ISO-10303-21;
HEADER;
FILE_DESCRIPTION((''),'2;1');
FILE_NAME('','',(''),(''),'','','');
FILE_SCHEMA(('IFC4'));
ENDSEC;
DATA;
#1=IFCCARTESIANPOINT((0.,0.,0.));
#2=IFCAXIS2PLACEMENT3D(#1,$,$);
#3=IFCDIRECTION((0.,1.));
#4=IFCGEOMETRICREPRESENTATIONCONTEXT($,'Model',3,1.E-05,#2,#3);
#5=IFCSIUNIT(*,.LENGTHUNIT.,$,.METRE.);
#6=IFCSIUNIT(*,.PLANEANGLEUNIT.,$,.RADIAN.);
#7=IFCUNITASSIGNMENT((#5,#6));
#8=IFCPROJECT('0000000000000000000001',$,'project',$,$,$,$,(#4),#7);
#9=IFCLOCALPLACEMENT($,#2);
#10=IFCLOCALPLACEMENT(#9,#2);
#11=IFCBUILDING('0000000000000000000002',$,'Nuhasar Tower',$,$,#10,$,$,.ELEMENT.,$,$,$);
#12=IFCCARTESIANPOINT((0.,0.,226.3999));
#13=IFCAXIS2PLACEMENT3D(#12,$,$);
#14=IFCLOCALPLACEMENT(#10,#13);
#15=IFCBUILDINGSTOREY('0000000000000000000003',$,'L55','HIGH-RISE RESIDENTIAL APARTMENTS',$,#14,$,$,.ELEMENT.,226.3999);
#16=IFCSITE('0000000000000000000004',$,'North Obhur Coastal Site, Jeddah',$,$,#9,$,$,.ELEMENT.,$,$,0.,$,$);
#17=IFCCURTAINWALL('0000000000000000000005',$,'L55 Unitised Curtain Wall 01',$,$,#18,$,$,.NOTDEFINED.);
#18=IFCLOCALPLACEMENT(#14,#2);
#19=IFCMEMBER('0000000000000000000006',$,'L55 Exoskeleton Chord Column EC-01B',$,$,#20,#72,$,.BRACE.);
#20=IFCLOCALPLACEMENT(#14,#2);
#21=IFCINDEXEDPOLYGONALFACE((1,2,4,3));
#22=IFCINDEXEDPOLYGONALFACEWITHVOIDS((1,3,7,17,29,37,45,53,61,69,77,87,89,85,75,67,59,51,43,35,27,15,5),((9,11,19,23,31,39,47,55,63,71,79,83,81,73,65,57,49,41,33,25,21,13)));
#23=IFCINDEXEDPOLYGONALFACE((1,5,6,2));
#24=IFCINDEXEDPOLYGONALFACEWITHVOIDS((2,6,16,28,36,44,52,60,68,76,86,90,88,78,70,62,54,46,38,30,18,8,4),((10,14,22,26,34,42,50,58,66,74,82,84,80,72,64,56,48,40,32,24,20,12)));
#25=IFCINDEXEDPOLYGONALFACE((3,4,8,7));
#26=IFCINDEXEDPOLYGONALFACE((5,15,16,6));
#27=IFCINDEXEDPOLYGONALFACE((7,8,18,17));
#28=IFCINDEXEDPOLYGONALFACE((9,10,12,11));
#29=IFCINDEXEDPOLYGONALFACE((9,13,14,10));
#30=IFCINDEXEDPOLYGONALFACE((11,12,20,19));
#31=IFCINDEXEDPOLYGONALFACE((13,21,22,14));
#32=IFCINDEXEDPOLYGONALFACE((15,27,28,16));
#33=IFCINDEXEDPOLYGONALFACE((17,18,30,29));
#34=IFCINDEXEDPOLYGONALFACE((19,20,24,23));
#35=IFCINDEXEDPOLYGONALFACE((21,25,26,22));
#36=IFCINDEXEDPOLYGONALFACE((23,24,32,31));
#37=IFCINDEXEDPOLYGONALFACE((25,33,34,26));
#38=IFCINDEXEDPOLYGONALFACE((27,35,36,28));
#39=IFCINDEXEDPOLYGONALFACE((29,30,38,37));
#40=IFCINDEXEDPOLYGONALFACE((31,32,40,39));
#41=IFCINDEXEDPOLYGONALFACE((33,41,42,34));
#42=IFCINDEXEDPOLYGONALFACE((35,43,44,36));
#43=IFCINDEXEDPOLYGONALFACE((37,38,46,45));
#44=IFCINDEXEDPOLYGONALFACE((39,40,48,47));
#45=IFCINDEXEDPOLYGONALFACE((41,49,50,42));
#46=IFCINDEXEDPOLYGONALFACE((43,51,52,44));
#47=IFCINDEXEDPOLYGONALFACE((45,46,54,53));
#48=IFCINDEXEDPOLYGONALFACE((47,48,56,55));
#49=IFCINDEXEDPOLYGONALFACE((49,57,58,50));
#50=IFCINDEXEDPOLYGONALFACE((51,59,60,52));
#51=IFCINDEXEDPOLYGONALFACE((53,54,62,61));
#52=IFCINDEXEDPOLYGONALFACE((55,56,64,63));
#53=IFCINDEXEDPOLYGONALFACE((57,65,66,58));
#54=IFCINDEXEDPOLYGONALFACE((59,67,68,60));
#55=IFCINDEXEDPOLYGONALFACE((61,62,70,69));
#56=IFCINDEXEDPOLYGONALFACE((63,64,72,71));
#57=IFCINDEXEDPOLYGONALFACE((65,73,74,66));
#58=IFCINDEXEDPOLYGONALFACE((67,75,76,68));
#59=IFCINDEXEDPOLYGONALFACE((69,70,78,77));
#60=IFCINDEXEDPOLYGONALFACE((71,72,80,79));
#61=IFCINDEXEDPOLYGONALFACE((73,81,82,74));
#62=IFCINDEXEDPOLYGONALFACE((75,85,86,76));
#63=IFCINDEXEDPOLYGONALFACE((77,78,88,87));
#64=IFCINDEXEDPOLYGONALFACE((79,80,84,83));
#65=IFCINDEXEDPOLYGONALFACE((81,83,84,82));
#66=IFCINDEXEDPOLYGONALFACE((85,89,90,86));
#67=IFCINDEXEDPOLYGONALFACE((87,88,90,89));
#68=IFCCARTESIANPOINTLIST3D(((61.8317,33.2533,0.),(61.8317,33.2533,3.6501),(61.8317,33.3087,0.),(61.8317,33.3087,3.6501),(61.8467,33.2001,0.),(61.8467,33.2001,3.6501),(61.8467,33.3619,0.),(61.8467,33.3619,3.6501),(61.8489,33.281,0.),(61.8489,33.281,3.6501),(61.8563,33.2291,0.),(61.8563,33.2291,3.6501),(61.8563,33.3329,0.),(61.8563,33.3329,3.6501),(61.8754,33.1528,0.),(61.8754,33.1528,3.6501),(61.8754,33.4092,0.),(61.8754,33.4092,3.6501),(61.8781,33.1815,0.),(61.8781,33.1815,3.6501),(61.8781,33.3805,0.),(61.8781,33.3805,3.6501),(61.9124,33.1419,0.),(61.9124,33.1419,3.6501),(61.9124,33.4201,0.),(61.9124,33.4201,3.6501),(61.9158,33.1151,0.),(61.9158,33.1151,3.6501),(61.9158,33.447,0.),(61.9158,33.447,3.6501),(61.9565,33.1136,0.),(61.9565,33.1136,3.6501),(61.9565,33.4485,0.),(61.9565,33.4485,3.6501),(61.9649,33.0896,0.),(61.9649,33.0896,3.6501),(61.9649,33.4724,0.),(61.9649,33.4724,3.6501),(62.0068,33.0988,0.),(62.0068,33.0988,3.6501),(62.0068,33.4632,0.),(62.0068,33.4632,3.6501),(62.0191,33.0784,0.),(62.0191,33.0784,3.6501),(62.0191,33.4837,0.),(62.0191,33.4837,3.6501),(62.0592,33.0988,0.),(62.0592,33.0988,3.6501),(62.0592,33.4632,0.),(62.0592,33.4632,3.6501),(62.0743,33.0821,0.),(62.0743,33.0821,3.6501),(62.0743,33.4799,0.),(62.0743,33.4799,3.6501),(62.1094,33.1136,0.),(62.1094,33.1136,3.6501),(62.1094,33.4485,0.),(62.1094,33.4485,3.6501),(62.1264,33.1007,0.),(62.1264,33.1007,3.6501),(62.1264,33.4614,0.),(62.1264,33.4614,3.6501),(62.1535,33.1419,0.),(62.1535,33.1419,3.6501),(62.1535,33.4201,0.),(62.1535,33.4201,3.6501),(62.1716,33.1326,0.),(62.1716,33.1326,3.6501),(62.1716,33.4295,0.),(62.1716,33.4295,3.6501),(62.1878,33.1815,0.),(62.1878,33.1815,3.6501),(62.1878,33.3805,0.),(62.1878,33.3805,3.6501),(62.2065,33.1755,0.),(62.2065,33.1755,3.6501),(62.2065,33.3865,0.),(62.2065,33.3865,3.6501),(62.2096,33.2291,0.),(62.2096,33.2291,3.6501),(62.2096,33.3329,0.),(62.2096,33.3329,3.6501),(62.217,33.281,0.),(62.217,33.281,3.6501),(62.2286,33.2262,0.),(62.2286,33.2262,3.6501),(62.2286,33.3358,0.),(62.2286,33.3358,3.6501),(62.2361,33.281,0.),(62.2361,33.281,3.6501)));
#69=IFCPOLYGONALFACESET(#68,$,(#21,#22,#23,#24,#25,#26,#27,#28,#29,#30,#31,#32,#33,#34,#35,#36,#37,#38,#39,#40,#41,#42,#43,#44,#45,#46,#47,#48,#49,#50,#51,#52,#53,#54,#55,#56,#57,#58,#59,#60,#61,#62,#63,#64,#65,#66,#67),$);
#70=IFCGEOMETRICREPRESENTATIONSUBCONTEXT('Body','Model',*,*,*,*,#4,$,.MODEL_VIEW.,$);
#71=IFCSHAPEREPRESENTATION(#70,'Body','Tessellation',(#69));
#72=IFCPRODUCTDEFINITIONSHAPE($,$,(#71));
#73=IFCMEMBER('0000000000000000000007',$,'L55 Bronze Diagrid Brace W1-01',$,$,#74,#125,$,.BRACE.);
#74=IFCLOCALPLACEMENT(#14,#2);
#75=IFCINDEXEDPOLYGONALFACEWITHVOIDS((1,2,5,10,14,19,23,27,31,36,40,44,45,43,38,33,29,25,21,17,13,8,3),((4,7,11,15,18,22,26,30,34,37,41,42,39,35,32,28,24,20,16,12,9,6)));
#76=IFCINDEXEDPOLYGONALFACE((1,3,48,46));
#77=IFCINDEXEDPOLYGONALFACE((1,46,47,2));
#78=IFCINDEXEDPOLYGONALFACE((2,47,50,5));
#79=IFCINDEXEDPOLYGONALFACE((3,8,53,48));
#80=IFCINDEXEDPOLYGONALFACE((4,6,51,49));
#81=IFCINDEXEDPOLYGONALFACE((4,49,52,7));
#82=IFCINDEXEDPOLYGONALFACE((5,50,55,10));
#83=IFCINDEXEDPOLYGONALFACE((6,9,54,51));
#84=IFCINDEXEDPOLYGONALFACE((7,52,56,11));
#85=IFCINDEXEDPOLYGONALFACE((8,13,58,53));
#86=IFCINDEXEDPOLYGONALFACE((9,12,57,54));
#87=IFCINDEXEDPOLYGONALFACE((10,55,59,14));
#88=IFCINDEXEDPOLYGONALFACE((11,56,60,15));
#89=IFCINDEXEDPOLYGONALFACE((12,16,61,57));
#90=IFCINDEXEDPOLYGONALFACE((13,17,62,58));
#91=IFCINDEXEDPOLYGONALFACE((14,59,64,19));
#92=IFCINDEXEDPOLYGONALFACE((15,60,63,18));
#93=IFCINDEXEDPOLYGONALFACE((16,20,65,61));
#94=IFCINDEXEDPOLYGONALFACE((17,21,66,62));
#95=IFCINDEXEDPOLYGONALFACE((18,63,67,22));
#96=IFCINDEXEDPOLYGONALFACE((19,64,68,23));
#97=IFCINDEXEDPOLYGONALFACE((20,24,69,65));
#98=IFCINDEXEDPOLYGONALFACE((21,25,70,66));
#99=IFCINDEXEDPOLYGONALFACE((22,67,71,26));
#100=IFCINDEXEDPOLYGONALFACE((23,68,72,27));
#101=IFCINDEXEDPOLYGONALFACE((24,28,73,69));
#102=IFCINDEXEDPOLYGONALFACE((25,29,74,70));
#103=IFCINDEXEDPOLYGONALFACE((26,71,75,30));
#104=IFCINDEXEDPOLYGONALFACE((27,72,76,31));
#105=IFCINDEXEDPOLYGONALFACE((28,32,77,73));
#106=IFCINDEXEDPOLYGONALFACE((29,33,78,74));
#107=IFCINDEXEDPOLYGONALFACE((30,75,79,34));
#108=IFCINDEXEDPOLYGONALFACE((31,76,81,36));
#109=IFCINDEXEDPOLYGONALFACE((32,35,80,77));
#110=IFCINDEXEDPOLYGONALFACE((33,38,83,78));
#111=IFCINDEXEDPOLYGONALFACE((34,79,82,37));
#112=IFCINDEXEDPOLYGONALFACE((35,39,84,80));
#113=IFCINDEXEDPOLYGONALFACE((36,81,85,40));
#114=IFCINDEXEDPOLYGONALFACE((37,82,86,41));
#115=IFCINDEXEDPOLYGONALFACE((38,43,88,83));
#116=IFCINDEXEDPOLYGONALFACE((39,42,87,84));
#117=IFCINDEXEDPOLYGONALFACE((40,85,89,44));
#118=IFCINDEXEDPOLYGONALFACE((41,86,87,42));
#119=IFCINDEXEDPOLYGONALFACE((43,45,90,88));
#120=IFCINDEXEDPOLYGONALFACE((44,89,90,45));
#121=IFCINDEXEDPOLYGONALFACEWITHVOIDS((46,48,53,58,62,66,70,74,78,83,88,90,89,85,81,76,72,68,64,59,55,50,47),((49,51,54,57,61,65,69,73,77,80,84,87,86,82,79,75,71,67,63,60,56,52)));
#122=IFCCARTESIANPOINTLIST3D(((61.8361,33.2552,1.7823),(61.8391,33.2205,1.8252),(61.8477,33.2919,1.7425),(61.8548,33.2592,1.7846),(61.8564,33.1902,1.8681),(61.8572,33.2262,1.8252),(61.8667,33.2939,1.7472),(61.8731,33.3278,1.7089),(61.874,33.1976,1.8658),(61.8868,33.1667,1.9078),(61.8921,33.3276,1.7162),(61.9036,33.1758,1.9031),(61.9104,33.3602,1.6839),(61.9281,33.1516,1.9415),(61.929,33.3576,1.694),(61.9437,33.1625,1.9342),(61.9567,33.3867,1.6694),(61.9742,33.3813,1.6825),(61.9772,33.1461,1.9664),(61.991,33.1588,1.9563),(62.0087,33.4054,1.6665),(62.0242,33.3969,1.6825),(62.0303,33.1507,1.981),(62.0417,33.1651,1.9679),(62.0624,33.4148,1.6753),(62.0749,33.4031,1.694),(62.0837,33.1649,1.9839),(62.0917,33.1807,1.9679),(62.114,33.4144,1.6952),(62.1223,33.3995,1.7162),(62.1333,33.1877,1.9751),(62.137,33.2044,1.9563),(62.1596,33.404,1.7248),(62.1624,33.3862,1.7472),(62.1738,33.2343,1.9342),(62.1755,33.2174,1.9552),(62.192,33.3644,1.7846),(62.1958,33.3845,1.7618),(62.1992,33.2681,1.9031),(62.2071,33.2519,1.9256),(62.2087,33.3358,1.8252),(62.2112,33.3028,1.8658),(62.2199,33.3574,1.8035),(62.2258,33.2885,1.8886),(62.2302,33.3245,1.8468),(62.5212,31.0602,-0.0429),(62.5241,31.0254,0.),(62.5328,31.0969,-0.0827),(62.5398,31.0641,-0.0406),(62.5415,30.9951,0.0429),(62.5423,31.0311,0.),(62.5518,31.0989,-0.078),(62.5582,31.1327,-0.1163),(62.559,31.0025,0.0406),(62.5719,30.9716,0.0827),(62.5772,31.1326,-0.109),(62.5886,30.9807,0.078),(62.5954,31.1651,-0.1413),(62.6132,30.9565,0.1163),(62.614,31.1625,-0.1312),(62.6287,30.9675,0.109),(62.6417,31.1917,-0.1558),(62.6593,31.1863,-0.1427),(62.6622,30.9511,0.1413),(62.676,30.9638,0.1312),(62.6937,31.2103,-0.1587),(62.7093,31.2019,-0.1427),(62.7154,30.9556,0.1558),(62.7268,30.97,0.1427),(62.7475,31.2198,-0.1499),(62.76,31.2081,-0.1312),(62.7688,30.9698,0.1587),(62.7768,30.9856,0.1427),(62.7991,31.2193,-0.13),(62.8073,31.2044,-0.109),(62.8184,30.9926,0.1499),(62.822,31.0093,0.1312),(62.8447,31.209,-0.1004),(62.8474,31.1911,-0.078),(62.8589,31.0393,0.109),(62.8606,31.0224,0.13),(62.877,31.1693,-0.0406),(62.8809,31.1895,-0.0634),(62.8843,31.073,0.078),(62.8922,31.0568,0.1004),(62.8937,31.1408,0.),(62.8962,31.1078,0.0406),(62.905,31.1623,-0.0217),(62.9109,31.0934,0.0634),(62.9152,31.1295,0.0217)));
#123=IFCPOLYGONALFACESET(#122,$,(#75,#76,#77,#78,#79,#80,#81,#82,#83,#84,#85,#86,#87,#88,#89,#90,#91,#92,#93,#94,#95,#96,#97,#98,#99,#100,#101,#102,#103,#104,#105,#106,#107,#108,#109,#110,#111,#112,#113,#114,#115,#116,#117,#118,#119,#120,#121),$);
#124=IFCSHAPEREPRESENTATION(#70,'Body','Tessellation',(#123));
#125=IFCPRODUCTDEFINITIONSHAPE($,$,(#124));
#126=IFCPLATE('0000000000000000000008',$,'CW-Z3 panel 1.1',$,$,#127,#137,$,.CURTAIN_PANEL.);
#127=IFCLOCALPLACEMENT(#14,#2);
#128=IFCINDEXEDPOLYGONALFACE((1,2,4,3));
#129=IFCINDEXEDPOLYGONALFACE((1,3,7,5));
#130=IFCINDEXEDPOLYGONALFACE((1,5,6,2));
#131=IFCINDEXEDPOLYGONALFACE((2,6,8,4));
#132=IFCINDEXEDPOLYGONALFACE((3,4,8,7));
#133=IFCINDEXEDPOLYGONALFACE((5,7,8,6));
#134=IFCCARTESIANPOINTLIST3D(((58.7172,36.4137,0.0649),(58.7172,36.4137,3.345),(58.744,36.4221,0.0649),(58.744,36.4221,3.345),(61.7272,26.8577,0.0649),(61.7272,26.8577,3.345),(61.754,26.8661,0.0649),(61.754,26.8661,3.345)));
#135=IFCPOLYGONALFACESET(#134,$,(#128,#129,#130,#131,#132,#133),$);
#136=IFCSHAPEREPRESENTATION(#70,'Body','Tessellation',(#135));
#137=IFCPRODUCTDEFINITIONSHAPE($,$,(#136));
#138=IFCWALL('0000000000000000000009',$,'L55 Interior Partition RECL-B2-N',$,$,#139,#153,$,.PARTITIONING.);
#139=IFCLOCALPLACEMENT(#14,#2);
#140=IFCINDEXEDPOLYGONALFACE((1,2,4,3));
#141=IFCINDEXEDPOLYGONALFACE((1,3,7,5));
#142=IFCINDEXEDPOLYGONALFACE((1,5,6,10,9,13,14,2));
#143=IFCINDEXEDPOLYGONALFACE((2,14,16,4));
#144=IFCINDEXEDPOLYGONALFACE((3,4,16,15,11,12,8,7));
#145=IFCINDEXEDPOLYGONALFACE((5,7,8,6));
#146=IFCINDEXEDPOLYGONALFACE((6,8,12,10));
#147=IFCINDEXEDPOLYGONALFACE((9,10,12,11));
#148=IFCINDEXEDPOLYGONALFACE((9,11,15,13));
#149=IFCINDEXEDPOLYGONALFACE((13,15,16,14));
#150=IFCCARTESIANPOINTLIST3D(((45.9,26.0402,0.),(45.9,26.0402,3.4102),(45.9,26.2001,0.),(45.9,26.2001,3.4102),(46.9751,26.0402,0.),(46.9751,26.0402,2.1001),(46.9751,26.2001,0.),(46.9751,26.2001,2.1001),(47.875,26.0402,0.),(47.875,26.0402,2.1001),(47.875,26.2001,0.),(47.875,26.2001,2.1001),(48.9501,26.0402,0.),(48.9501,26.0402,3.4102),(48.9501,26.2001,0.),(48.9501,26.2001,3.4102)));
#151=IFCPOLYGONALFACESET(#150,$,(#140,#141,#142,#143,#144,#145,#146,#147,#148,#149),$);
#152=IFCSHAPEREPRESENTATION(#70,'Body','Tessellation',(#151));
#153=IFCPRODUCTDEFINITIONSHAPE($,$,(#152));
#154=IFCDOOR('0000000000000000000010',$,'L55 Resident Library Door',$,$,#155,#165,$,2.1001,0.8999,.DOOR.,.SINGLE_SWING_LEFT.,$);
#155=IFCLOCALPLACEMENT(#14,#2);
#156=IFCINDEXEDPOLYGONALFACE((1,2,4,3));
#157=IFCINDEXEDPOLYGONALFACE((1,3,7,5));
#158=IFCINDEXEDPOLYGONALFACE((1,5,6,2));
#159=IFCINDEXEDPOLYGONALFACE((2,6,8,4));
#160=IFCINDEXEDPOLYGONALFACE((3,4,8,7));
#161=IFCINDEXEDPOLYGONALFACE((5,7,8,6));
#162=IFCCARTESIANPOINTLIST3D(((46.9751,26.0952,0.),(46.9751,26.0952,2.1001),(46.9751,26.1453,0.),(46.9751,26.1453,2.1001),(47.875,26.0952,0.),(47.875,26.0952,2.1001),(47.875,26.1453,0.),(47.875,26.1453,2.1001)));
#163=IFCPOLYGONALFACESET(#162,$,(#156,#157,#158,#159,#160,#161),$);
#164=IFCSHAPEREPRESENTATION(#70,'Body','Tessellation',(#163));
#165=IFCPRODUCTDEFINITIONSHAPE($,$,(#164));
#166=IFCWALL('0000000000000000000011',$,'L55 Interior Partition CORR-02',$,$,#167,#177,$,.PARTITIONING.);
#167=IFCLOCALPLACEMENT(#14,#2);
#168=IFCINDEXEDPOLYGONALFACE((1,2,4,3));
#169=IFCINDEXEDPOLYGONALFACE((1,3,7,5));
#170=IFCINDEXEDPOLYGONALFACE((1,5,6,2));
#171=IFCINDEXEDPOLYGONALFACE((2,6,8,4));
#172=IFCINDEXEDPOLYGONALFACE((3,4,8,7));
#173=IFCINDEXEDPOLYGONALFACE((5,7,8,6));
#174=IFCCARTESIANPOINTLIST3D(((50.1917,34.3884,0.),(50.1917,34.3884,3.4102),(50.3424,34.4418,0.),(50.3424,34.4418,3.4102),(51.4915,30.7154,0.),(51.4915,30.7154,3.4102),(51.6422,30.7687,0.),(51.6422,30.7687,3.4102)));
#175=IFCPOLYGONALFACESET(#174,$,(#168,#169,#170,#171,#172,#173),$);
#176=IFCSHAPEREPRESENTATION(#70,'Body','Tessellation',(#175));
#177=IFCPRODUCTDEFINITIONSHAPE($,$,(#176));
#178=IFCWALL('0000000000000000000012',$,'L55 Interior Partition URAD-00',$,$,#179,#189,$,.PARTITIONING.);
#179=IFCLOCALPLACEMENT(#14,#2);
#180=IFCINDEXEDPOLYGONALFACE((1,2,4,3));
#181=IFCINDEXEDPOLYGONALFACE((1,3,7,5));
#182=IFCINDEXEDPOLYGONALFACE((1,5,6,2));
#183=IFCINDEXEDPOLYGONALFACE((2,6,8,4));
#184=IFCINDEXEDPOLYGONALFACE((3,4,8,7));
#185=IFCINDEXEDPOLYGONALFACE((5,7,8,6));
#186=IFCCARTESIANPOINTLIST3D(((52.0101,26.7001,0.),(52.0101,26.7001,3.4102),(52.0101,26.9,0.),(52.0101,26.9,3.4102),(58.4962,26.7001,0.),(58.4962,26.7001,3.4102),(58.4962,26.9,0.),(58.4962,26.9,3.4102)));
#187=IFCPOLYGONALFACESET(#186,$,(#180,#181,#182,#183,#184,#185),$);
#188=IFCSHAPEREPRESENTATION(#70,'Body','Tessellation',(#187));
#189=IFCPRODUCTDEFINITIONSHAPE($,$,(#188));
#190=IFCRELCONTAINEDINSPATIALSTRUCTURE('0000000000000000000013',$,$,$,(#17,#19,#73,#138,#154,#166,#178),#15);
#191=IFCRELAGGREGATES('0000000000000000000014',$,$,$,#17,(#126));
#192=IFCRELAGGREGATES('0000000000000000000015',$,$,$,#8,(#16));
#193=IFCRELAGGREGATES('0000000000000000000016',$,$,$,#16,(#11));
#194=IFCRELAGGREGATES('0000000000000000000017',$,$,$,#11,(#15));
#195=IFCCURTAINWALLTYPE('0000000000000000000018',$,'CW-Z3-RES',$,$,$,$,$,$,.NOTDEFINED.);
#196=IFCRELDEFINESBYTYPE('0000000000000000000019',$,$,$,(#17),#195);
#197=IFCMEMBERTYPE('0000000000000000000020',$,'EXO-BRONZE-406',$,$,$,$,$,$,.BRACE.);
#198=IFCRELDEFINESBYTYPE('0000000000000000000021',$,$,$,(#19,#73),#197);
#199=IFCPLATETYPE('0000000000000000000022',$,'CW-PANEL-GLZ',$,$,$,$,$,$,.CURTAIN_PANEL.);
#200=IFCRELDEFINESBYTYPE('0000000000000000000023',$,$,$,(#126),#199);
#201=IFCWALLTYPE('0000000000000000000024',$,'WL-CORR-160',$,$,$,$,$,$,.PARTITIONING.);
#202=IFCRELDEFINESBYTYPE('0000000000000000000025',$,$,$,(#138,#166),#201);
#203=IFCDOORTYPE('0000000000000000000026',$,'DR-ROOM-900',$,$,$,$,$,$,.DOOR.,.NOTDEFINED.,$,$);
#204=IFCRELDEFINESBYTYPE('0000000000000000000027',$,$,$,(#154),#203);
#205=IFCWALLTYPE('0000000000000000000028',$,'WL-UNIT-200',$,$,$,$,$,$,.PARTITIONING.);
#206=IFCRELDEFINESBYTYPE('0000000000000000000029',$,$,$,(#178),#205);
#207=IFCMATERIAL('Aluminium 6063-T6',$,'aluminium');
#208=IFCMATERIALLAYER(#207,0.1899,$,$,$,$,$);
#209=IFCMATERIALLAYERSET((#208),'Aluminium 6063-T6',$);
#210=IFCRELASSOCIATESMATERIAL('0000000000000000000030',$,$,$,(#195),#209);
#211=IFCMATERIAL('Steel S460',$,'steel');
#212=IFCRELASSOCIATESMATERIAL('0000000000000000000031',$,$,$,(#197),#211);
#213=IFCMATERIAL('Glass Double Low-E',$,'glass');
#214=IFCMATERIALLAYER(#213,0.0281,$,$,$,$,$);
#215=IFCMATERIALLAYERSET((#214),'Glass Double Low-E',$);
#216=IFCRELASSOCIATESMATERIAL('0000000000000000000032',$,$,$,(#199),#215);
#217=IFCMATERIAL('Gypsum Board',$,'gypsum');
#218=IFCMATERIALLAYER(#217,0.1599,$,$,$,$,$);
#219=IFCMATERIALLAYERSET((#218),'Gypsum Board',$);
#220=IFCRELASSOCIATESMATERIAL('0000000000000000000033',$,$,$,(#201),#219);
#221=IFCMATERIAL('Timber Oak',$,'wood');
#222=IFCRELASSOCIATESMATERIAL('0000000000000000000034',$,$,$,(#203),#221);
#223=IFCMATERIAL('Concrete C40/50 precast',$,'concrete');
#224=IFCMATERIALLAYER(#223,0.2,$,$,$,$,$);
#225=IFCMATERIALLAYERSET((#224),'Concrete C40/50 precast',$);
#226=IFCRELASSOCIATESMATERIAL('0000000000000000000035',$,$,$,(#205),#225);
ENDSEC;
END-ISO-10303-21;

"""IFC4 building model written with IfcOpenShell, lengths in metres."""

from ifc_helpers import new_model, si_unit, direction, frame, frame_2d, origin, origin_2d, place, context, subcontext, project, spatial, rectangle, hollow_circle, extrude, material, layer, layer_set, material_profile, profile_set, type_object, element, fill, aggregate, save


model = new_model("IFC4")

# Units and contexts
model_context = context("Model", 3, precision=1e-05, world=origin(), true_north=direction((0.0, 1.0)))
body_context = subcontext(model_context, "Body", "Model", "MODEL_VIEW")
ifc_project = project(units=[si_unit("LENGTHUNIT", "METRE"), si_unit("PLANEANGLEUNIT", "RADIAN")], contexts=[model_context])

# Site, building, storey
site_placement = place(None, origin())
site = spatial("IfcSite", under=ifc_project, at=site_placement, Name="North Obhur Coastal Site, Jeddah", CompositionType="ELEMENT", RefElevation=0.0)
building_placement = place(site_placement, origin())
building = spatial("IfcBuilding", under=site, at=building_placement, Name="Nuhasar Tower", CompositionType="ELEMENT")
storey_placement = place(building_placement, frame((0.0, 0.0, 226.3999)))
storey = spatial("IfcBuildingStorey", under=building, at=storey_placement, Name="L55", Description="HIGH-RISE RESIDENTIAL APARTMENTS", CompositionType="ELEMENT", Elevation=226.3999)

# Curtain wall
ifc_material_1 = material(Name="Aluminium 6063-T6", Category="aluminium")
ifc_layer_1 = layer(ifc_material_1, 0.1899)
ifc_layer_set_1 = layer_set([ifc_layer_1], Name="Aluminium 6063-T6")
curtain_wall_type = type_object("IfcCurtainWallType", Name="CW-Z3-RES", PredefinedType="NOTDEFINED", material=ifc_layer_set_1)
curtain_wall_1_placement = place(storey_placement, origin())
curtain_wall_1 = element("IfcCurtainWall", 1, at=curtain_wall_1_placement, inside=storey, type_object=curtain_wall_type, Name="L55 Unitised Curtain Wall 01", PredefinedType="NOTDEFINED")

# Members
ifc_material_2 = material(Name="Steel S460", Category="steel")
ifc_material_profile_1 = material_profile(ifc_material_2, hollow_circle(Radius=0.2031, WallThickness=0.019, at=origin_2d()), Name="HSS406.4X19.1")
ifc_profile_set_1 = profile_set([ifc_material_profile_1], Name="Steel S460")
member_type_1 = type_object("IfcMemberType", Name="EXO-BRONZE-406", PredefinedType="BRACE", material=ifc_profile_set_1)
for number, where, z_axis, x_axis, name in (
    (2, (62.033, 33.281, 0.0), (0.0, 0.0, 1.0), (1.0, 0.0, 0.0), "L55 Exoskeleton Chord Column EC-01B"),
):
    element("IfcMember", number, at=place(storey_placement, frame(where, z_axis=z_axis, x_axis=x_axis)), inside=storey, type_object=member_type_1, Name=name, PredefinedType="BRACE", context=body_context, shape_type="SweptSolid", body=[
        extrude(hollow_circle(Radius=0.2031, WallThickness=0.019, at=origin_2d()), origin(), (0.0, 0.0, 1.0), 3.6501),
    ])
member_1_placement = place(storey_placement, frame((62.718, 31.0859, 0.0), z_axis=(-0.233346, 0.747688, 0.621701), x_axis=(-0.954591, -0.297918, 0.0)))
element("IfcMember", 3, at=member_1_placement, inside=storey, type_object=member_type_1, Name="L55 Bronze Diagrid Brace W1-01", PredefinedType="BRACE", context=body_context, shape_type="SweptSolid", body=[
    extrude(hollow_circle(Radius=0.2031, WallThickness=0.019, at=origin_2d()), origin(), (0.0, 0.0, 1.0), 2.9358),
])

# Plate
ifc_material_3 = material(Name="Glass Double Low-E", Category="glass")
ifc_layer_2 = layer(ifc_material_3, 0.0281)
ifc_layer_set_2 = layer_set([ifc_layer_2], Name="Glass Double Low-E")
plate_type = type_object("IfcPlateType", Name="CW-PANEL-GLZ", PredefinedType="CURTAIN_PANEL", material=ifc_layer_set_2)
plate_placement = place(storey_placement, frame((60.2356, 31.6399, 0.0649), z_axis=(0.0, 0.0, 1.0), x_axis=(-0.300429, 0.953804, 0.0)))
plate = element("IfcPlate", 4, at=plate_placement, type_object=plate_type, Name="CW-Z3 panel 1.1", PredefinedType="CURTAIN_PANEL", context=body_context, shape_type="SweptSolid", body=[
    extrude(rectangle(XDim=10.0188, YDim=0.0281, at=origin_2d()), origin(), (0.0, 0.0, 1.0), 3.28),
])
aggregate(curtain_wall_1, [plate])

# Wall, opening, door
ifc_material_4 = material(Name="Gypsum Board", Category="gypsum")
ifc_layer_3 = layer(ifc_material_4, 0.1599)
ifc_layer_set_3 = layer_set([ifc_layer_3], Name="Gypsum Board")
wall_type_1 = type_object("IfcWallType", Name="WL-CORR-160", PredefinedType="PARTITIONING", material=ifc_layer_set_3)
wall_1_placement = place(storey_placement, frame((48.95, 26.1201, 0.0), z_axis=(0.0, 0.0, 1.0), x_axis=(-1.0, 0.0, 0.0)))
wall_1 = element("IfcWall", 5, at=wall_1_placement, inside=storey, type_object=wall_type_1, Name="L55 Interior Partition RECL-B2-N", PredefinedType="PARTITIONING", context=body_context, shape_type="SweptSolid", body=[
    extrude(rectangle(XDim=3.05, YDim=0.1599, at=frame_2d((1.5249, 0.0))), origin(), (0.0, 0.0, 1.0), 3.4102),
])
opening_1_placement = place(wall_1_placement, frame((1.075, 0.0, 0.0)))
opening_1 = element("IfcOpeningElement", 6, at=opening_1_placement, cuts=wall_1, PredefinedType="OPENING", context=body_context, shape_type="SweptSolid", body=[
    extrude(rectangle(XDim=0.8999, YDim=2.1001, at=frame_2d((0.45, 1.05))), frame((0.0, 0.0898, 0.0), z_axis=(0.0, -1.0, 0.0), x_axis=(1.0, 0.0, 0.0)), (0.0, 0.0, 1.0), 0.1799),
])
ifc_material_5 = material(Name="Timber Oak", Category="wood")
door_type_1 = type_object("IfcDoorType", Name="DR-ROOM-900", OperationType="NOTDEFINED", PredefinedType="DOOR", material=ifc_material_5)
door_1_placement = place(opening_1_placement, origin())
door_1 = element("IfcDoor", 7, at=door_1_placement, inside=storey, type_object=door_type_1, Name="L55 Resident Library Door", OperationType="SINGLE_SWING_LEFT", OverallHeight=2.1001, OverallWidth=0.8999, PredefinedType="DOOR", context=body_context, shape_type="SweptSolid", body=[
    extrude(rectangle(XDim=0.8999, YDim=2.1001, at=frame_2d((0.45, 1.05))), frame((0.0, 0.0249, 0.0), z_axis=(0.0, -1.0, 0.0), x_axis=(1.0, 0.0, 0.0)), (0.0, 0.0, 1.0), 0.05),
])
fill(opening_1, door_1)

# Walls
wall_2_placement = place(storey_placement, frame((51.5669, 30.7419, 0.0), z_axis=(0.0, 0.0, 1.0), x_axis=(-0.3336, 0.942715, 0.0)))
element("IfcWall", 8, at=wall_2_placement, inside=storey, type_object=wall_type_1, Name="L55 Interior Partition CORR-02", PredefinedType="PARTITIONING", context=body_context, shape_type="SweptSolid", body=[
    extrude(rectangle(XDim=3.8962, YDim=0.1599, at=frame_2d((1.9482, 0.0))), origin(), (0.0, 0.0, 1.0), 3.4102),
])
ifc_material_6 = material(Name="Concrete C40/50 precast", Category="concrete")
ifc_layer_4 = layer(ifc_material_6, 0.2)
ifc_layer_set_4 = layer_set([ifc_layer_4], Name="Concrete C40/50 precast")
wall_type_2 = type_object("IfcWallType", Name="WL-UNIT-200", PredefinedType="PARTITIONING", material=ifc_layer_set_4)
wall_3_placement = place(storey_placement, frame((52.01, 26.8, 0.0), z_axis=(0.0, 0.0, 1.0), x_axis=(1.0, 0.0, 0.0)))
element("IfcWall", 9, at=wall_3_placement, inside=storey, type_object=wall_type_2, Name="L55 Interior Partition URAD-00", PredefinedType="PARTITIONING", context=body_context, shape_type="SweptSolid", body=[
    extrude(rectangle(XDim=6.4861, YDim=0.2, at=frame_2d((3.2432, 0.0))), origin(), (0.0, 0.0, 1.0), 3.4102),
])

save(model, "model.ifc")
